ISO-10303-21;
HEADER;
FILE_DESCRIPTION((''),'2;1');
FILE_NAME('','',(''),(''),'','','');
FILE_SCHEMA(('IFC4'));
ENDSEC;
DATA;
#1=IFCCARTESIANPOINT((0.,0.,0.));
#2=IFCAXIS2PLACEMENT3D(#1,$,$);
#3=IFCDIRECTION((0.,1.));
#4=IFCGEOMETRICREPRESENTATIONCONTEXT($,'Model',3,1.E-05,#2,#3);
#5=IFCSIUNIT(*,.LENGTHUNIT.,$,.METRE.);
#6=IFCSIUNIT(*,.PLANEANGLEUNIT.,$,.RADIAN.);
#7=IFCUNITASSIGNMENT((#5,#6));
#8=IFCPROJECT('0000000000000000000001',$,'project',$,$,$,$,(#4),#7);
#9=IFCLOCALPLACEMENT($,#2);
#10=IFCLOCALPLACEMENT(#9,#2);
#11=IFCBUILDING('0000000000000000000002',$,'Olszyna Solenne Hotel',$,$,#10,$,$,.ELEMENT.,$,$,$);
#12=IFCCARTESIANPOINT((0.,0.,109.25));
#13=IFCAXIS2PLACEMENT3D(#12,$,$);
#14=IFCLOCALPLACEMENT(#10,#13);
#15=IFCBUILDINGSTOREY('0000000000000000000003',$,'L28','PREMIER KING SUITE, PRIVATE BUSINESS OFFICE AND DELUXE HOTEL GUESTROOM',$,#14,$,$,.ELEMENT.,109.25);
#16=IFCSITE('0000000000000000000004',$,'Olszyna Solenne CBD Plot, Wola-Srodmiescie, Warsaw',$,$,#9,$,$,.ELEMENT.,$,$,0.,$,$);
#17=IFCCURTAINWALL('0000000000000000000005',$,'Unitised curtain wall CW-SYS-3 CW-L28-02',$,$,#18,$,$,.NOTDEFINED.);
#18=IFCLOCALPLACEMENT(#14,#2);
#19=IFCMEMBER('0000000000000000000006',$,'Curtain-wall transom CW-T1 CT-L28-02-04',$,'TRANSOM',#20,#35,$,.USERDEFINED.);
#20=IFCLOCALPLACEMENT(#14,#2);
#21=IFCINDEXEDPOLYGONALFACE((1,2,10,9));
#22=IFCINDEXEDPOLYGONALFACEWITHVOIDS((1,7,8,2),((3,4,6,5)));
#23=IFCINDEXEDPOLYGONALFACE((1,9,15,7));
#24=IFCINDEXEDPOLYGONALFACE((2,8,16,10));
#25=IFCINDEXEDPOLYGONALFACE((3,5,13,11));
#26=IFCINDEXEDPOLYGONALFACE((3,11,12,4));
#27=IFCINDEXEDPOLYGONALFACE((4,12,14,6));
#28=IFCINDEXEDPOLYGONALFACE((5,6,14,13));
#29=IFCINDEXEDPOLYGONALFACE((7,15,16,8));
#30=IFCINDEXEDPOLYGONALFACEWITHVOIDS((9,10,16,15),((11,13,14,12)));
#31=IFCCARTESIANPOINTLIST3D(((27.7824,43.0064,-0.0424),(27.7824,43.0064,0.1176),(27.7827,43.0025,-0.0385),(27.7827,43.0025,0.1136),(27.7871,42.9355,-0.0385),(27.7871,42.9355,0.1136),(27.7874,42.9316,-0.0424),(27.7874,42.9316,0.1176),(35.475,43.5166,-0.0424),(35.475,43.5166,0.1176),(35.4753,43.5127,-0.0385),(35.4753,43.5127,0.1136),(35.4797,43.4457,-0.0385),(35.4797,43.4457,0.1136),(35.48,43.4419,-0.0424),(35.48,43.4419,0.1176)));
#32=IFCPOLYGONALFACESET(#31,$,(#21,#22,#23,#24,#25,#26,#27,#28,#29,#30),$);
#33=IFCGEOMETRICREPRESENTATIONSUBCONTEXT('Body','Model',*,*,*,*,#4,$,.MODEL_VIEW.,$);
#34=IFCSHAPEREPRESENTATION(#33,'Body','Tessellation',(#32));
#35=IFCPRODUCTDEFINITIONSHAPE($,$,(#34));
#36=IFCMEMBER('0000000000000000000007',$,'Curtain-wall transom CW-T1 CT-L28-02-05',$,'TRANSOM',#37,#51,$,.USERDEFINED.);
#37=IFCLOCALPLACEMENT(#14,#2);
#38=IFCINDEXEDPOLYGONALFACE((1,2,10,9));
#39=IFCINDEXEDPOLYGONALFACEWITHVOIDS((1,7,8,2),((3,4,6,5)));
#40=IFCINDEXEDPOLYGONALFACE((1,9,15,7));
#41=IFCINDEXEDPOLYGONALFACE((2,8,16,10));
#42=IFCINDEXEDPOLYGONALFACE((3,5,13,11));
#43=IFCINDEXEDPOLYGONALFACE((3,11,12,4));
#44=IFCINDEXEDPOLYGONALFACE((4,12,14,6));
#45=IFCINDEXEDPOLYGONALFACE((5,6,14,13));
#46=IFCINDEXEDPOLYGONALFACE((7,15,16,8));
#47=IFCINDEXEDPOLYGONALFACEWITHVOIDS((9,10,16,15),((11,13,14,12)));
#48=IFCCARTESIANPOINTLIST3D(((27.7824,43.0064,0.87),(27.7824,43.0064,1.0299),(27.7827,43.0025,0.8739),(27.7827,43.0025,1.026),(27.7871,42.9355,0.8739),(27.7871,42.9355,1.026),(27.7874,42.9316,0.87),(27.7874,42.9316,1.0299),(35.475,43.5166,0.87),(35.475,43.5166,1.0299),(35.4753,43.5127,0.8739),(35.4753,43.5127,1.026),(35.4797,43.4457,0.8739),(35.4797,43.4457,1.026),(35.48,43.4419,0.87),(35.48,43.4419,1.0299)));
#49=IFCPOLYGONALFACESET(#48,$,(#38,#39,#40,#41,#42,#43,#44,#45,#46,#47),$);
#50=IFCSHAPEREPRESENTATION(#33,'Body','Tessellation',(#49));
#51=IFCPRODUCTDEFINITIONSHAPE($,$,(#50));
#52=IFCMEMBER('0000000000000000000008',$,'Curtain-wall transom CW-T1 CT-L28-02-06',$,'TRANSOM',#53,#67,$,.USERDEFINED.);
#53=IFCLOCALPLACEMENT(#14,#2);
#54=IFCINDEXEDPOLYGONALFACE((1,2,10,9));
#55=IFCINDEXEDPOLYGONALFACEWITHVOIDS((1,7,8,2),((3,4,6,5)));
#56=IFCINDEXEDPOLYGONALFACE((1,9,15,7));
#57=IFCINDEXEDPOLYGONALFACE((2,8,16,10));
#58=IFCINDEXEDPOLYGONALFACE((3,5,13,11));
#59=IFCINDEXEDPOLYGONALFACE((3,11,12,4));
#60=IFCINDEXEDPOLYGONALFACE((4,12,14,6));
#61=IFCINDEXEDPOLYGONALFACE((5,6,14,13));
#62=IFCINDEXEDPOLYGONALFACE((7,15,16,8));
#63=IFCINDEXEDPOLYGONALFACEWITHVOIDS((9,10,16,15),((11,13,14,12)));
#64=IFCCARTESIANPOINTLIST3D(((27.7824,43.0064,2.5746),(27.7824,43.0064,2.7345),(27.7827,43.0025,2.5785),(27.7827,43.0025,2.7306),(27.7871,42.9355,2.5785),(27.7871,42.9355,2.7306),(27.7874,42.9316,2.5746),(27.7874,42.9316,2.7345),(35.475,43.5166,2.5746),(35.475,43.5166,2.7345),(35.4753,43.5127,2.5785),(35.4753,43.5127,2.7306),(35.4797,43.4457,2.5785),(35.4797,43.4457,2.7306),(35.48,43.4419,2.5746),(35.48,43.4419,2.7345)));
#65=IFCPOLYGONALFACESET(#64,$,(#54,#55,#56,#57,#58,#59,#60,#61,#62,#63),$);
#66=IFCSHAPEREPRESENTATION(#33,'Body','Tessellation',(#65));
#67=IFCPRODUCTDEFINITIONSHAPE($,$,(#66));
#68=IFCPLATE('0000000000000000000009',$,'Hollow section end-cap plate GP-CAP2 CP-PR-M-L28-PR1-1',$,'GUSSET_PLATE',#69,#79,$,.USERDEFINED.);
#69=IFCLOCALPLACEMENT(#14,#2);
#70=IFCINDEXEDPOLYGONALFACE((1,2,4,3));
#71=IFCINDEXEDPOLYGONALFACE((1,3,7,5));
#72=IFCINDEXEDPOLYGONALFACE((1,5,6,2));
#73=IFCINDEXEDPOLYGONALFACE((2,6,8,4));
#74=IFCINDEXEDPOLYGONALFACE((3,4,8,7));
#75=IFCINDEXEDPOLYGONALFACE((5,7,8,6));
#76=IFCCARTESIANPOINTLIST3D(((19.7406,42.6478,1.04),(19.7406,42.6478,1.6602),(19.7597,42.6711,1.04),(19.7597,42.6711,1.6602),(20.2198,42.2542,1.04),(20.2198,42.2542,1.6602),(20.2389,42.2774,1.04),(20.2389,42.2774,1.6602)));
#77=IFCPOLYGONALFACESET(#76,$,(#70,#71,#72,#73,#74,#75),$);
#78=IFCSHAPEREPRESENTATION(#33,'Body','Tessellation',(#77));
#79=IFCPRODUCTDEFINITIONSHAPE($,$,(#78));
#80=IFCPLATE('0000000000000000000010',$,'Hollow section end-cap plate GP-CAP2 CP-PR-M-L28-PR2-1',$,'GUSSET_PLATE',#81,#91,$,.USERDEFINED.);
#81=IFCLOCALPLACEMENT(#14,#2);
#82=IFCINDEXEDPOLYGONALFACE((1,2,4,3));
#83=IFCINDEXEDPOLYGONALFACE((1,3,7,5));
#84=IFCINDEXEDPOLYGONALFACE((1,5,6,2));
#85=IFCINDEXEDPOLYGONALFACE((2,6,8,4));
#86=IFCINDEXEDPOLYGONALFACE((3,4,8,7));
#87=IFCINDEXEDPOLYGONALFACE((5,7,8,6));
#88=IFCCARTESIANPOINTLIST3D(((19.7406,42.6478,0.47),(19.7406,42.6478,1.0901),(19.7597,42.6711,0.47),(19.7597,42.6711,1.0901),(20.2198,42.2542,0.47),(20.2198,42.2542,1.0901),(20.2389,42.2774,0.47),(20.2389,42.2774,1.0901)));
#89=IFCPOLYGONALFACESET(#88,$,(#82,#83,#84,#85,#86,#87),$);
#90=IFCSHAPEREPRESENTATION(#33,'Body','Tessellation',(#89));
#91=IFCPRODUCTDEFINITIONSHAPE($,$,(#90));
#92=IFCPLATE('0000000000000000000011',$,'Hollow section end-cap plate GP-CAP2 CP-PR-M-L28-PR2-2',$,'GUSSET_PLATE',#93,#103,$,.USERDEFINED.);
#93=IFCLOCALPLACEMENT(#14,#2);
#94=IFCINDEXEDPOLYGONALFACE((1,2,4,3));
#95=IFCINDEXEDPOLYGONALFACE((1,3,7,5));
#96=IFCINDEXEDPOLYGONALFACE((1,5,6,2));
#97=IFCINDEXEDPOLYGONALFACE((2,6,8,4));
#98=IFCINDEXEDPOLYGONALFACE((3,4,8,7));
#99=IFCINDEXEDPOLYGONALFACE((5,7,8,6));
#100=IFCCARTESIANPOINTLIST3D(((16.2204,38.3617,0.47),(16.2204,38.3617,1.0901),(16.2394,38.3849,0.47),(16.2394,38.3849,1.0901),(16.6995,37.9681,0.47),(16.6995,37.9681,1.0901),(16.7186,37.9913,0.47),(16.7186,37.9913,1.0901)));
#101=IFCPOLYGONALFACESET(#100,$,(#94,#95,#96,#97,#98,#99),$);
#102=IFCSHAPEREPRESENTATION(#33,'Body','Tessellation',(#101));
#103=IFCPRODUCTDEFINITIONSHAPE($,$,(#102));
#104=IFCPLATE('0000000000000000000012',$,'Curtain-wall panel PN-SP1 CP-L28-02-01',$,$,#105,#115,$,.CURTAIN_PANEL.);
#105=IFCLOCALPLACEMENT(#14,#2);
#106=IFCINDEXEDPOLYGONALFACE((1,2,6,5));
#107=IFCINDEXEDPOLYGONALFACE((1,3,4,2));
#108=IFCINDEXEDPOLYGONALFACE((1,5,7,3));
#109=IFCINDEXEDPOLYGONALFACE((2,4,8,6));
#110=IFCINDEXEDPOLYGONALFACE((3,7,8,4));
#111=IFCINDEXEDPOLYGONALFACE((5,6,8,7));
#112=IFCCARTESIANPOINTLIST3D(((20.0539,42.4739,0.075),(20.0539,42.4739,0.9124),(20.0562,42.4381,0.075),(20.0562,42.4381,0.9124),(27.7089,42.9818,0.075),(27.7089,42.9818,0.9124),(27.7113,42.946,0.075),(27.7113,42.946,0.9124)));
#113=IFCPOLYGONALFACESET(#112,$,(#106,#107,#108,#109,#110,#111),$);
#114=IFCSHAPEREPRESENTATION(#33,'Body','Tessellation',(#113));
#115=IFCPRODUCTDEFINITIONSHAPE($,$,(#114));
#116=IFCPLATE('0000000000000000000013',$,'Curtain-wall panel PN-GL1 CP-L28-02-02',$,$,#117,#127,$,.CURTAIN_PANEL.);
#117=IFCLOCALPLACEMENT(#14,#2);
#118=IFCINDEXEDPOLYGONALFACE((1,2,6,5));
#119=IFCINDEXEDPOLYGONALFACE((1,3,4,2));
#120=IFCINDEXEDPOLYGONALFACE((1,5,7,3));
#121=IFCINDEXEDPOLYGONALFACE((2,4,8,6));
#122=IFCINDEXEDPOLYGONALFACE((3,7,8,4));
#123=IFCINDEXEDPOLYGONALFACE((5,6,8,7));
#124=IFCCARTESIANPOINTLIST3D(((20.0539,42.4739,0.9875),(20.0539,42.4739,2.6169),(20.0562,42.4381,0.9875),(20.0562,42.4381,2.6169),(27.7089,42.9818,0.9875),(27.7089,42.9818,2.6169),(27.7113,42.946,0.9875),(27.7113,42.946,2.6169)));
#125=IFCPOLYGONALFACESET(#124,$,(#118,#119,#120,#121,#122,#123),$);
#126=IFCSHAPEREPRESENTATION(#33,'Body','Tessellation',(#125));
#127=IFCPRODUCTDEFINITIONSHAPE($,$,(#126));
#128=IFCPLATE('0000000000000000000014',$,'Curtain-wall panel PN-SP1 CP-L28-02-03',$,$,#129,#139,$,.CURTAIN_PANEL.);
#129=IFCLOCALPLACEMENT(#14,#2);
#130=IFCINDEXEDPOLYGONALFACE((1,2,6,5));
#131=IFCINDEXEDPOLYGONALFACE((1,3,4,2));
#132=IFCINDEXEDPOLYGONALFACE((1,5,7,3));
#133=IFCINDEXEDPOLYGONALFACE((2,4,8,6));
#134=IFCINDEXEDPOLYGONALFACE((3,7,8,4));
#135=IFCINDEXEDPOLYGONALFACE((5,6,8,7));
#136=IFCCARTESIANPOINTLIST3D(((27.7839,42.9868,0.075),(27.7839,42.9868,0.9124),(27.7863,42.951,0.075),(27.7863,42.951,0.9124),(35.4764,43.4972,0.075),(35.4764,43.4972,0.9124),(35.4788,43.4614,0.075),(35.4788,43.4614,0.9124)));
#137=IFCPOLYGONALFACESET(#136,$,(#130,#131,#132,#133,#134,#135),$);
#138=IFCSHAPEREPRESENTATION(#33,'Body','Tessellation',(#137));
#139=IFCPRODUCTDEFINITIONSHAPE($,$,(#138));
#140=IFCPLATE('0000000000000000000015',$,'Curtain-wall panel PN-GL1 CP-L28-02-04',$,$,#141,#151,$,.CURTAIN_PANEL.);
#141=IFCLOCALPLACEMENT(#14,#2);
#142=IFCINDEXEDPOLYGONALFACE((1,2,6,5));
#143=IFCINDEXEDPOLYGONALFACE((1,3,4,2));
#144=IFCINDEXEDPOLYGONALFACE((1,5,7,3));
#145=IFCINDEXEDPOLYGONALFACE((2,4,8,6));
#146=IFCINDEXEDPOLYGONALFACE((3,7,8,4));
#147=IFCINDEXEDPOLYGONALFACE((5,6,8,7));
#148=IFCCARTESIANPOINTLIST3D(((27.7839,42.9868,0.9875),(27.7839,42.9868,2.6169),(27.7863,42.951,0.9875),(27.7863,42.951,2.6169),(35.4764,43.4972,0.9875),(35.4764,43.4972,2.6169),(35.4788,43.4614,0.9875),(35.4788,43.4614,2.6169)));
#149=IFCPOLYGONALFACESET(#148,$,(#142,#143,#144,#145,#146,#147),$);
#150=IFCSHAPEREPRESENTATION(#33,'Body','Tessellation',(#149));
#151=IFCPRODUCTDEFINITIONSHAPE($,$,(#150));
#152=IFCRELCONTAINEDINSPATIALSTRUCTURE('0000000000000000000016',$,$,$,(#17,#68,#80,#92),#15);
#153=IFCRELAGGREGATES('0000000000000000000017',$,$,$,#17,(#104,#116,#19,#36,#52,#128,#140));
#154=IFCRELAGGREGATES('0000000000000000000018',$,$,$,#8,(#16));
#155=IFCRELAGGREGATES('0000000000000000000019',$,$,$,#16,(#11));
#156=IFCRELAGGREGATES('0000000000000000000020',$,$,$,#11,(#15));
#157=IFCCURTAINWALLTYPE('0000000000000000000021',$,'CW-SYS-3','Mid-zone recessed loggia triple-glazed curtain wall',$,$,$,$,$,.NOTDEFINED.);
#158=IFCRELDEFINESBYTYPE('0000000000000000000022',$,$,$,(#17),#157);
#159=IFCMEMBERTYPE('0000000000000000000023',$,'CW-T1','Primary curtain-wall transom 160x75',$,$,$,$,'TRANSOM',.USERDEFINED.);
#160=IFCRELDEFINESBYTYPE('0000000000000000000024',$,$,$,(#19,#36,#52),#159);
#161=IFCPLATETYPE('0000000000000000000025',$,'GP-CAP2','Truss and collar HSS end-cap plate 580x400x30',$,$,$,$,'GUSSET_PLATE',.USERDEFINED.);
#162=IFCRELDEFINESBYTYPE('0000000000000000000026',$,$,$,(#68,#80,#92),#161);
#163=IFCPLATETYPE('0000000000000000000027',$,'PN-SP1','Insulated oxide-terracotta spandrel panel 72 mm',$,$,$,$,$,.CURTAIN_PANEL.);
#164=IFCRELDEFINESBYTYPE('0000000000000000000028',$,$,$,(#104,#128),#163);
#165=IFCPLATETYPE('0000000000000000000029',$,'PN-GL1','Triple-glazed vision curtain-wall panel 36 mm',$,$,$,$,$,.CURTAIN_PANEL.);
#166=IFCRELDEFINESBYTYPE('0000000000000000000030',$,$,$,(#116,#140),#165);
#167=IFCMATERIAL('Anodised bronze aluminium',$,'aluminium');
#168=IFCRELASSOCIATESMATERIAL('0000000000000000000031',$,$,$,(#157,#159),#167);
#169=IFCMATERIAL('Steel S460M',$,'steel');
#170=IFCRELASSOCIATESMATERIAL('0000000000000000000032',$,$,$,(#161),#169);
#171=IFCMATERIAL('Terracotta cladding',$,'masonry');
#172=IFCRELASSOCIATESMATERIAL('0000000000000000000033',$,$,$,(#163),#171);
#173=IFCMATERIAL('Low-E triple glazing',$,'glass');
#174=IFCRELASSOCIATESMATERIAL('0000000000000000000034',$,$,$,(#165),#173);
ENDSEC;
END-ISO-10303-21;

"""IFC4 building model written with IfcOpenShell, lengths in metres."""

from ifc_helpers import new_model, si_unit, direction, frame, origin, origin_2d, place, context, subcontext, project, spatial, rectangle, hollow_rectangle, extrude, source, transform, mapped, material, material_profile, profile_set, type_object, element, aggregate, save


model = new_model("IFC4")

# Units and contexts
model_context = context("Model", 3, precision=1e-05, world=origin(), true_north=direction((0.0, 1.0)))
body_context = subcontext(model_context, "Body", "Model", "MODEL_VIEW")
ifc_project = project(units=[si_unit("LENGTHUNIT", "METRE"), si_unit("PLANEANGLEUNIT", "RADIAN")], contexts=[model_context])

# Site, building, storey
site_placement = place(None, origin())
site = spatial("IfcSite", under=ifc_project, at=site_placement, Name="Olszyna Solenne CBD Plot, Wola-Srodmiescie, Warsaw", CompositionType="ELEMENT", RefElevation=0.0)
building_placement = place(site_placement, origin())
building = spatial("IfcBuilding", under=site, at=building_placement, Name="Olszyna Solenne Hotel", CompositionType="ELEMENT")
storey_placement = place(building_placement, frame((0.0, 0.0, 109.25)))
storey = spatial("IfcBuildingStorey", under=building, at=storey_placement, Name="L28", Description="PREMIER KING SUITE, PRIVATE BUSINESS OFFICE AND DELUXE HOTEL GUESTROOM", CompositionType="ELEMENT", Elevation=109.25)

# Shared definitions
ifc_material_1 = material(Name="Steel S460M", Category="steel")

# Curtain wall, members
ifc_material_2 = material(Name="Anodised bronze aluminium", Category="aluminium")
curtain_wall_type = type_object("IfcCurtainWallType", Name="CW-SYS-3", Description="Mid-zone recessed loggia triple-glazed curtain wall", PredefinedType="NOTDEFINED", material=ifc_material_2)
curtain_wall_placement = place(storey_placement, origin())
curtain_wall = element("IfcCurtainWall", 1, at=curtain_wall_placement, inside=storey, type_object=curtain_wall_type, Name="Unitised curtain wall CW-SYS-3 CW-L28-02", PredefinedType="NOTDEFINED")
ifc_material_profile_1 = material_profile(ifc_material_2, hollow_rectangle(XDim=0.075, YDim=0.1599, WallThickness=0.0039, at=origin_2d()), Name="TRAN 160x75x4", Category="load-bearing")
ifc_profile_set_1 = profile_set([ifc_material_profile_1], Name="Anodised bronze aluminium")
member_type_1 = type_object("IfcMemberType", Name="CW-T1", Description="Primary curtain-wall transom 160x75", ElementType="TRANSOM", PredefinedType="USERDEFINED", material=ifc_profile_set_1)
shared_shape_1 = source(origin(), body_context, "Body", "SweptSolid", [
    extrude(hollow_rectangle(XDim=0.075, YDim=0.1599, WallThickness=0.0039, at=origin_2d()), origin(), (0.0, 0.0, 1.0), 7.7095),
])
member_1_placement = place(storey_placement, frame((27.7849, 42.969, 0.0376), z_axis=(0.997807, 0.066185, 0.0), x_axis=(-0.066185, 0.997807, 0.0)))
member_1 = element("IfcMember", 2, at=member_1_placement, type_object=member_type_1, Name="Curtain-wall transom CW-T1 CT-L28-02-04", ObjectType="TRANSOM", PredefinedType="USERDEFINED", context=body_context, shape_type="MappedRepresentation", body=[
    mapped(shared_shape_1, transform((0.0, 0.0, 0.0), x_axis=(1.0, 0.0, 0.0), y_axis=(0.0, 1.0, 0.0), z_axis=(0.0, 0.0, 1.0), scale=1.0)),
])
member_2_placement = place(storey_placement, frame((27.7849, 42.969, 0.95), z_axis=(0.997807, 0.066185, 0.0), x_axis=(-0.066185, 0.997807, 0.0)))
member_2 = element("IfcMember", 3, at=member_2_placement, type_object=member_type_1, Name="Curtain-wall transom CW-T1 CT-L28-02-05", ObjectType="TRANSOM", PredefinedType="USERDEFINED", context=body_context, shape_type="MappedRepresentation", body=[
    mapped(shared_shape_1, transform((0.0, 0.0, 0.0), x_axis=(1.0, 0.0, 0.0), y_axis=(0.0, 1.0, 0.0), z_axis=(0.0, 0.0, 1.0), scale=1.0)),
])
member_3_placement = place(storey_placement, frame((27.7849, 42.969, 2.6545), z_axis=(0.997807, 0.066185, 0.0), x_axis=(-0.066185, 0.997807, 0.0)))
member_3 = element("IfcMember", 4, at=member_3_placement, type_object=member_type_1, Name="Curtain-wall transom CW-T1 CT-L28-02-06", ObjectType="TRANSOM", PredefinedType="USERDEFINED", context=body_context, shape_type="MappedRepresentation", body=[
    mapped(shared_shape_1, transform((0.0, 0.0, 0.0), x_axis=(1.0, 0.0, 0.0), y_axis=(0.0, 1.0, 0.0), z_axis=(0.0, 0.0, 1.0), scale=1.0)),
])

# Plates
plate_type_1 = type_object("IfcPlateType", Name="GP-CAP2", Description="Truss and collar HSS end-cap plate 580x400x30", ElementType="GUSSET_PLATE", PredefinedType="USERDEFINED", material=ifc_material_1)
shared_shape_2 = source(origin(), body_context, "Body", "SweptSolid", [
    extrude(rectangle(XDim=0.03, YDim=0.6201, at=origin_2d()), origin(), (0.0, 0.0, 1.0), 0.6201),
])
for number, where, z_axis, x_axis, name in (
    (5, (19.9897, 42.4626, 1.04), (0.0, 0.0, 1.0), (-0.634731, -0.772734, 0.0), "Hollow section end-cap plate GP-CAP2 CP-PR-M-L28-PR1-1"),
    (6, (19.9897, 42.4626, 0.47), (0.0, 0.0, 1.0), (-0.634731, -0.772734, 0.0), "Hollow section end-cap plate GP-CAP2 CP-PR-M-L28-PR2-1"),
    (7, (16.4695, 38.1765, 0.47), (0.0, 0.0, 1.0), (-0.634731, -0.772734, 0.0), "Hollow section end-cap plate GP-CAP2 CP-PR-M-L28-PR2-2"),
):
    element("IfcPlate", number, at=place(storey_placement, frame(where, z_axis=z_axis, x_axis=x_axis)), inside=storey, type_object=plate_type_1, Name=name, ObjectType="GUSSET_PLATE", PredefinedType="USERDEFINED", context=body_context, shape_type="MappedRepresentation", body=[
        mapped(shared_shape_2, transform((0.0, 0.0, 0.0), x_axis=(1.0, 0.0, 0.0), y_axis=(0.0, 1.0, 0.0), z_axis=(0.0, 0.0, 1.0), scale=1.0)),
    ])

# Plates
ifc_material_3 = material(Name="Terracotta cladding", Category="masonry")
plate_type_2 = type_object("IfcPlateType", Name="PN-SP1", Description="Insulated oxide-terracotta spandrel panel 72 mm", PredefinedType="CURTAIN_PANEL", material=ifc_material_3)
shared_shape_3 = source(origin(), body_context, "Body", "SweptSolid", [
    extrude(rectangle(XDim=7.6719, YDim=0.0359, at=origin_2d()), origin(), (0.0, 0.0, 1.0), 0.8374),
])
plate_1_placement = place(storey_placement, frame((23.8826, 42.71, 0.075), z_axis=(0.0, 0.0, 1.0), x_axis=(0.997806, 0.0662, 0.0)))
plate_1 = element("IfcPlate", 8, at=plate_1_placement, type_object=plate_type_2, Name="Curtain-wall panel PN-SP1 CP-L28-02-01", PredefinedType="CURTAIN_PANEL", context=body_context, shape_type="MappedRepresentation", body=[
    mapped(shared_shape_3, transform((0.0, 0.0, 0.0), x_axis=(1.0, 0.0, 0.0), y_axis=(0.0, 1.0, 0.0), z_axis=(0.0, 0.0, 1.0), scale=1.0)),
])
ifc_material_4 = material(Name="Low-E triple glazing", Category="glass")
plate_type_3 = type_object("IfcPlateType", Name="PN-GL1", Description="Triple-glazed vision curtain-wall panel 36 mm", PredefinedType="CURTAIN_PANEL", material=ifc_material_4)
shared_shape_4 = source(origin(), body_context, "Body", "SweptSolid", [
    extrude(rectangle(XDim=7.6719, YDim=0.0359, at=origin_2d()), origin(), (0.0, 0.0, 1.0), 1.6294),
])
plate_2_placement = place(storey_placement, frame((23.8826, 42.71, 0.9875), z_axis=(0.0, 0.0, 1.0), x_axis=(0.997806, 0.0662, 0.0)))
plate_2 = element("IfcPlate", 9, at=plate_2_placement, type_object=plate_type_3, Name="Curtain-wall panel PN-GL1 CP-L28-02-02", PredefinedType="CURTAIN_PANEL", context=body_context, shape_type="MappedRepresentation", body=[
    mapped(shared_shape_4, transform((0.0, 0.0, 0.0), x_axis=(1.0, 0.0, 0.0), y_axis=(0.0, 1.0, 0.0), z_axis=(0.0, 0.0, 1.0), scale=1.0)),
])
shared_shape_5 = source(origin(), body_context, "Body", "SweptSolid", [
    extrude(rectangle(XDim=7.7095, YDim=0.0359, at=origin_2d()), origin(), (0.0, 0.0, 1.0), 0.8374),
])
plate_3_placement = place(storey_placement, frame((31.6313, 43.2241, 0.075), z_axis=(0.0, 0.0, 1.0), x_axis=(0.997806, 0.0662, 0.0)))
plate_3 = element("IfcPlate", 10, at=plate_3_placement, type_object=plate_type_2, Name="Curtain-wall panel PN-SP1 CP-L28-02-03", PredefinedType="CURTAIN_PANEL", context=body_context, shape_type="MappedRepresentation", body=[
    mapped(shared_shape_5, transform((0.0, 0.0, 0.0), x_axis=(1.0, 0.0, 0.0), y_axis=(0.0, 1.0, 0.0), z_axis=(0.0, 0.0, 1.0), scale=1.0)),
])
shared_shape_6 = source(origin(), body_context, "Body", "SweptSolid", [
    extrude(rectangle(XDim=7.7095, YDim=0.0359, at=origin_2d()), origin(), (0.0, 0.0, 1.0), 1.6294),
])
plate_4_placement = place(storey_placement, frame((31.6313, 43.2241, 0.9875), z_axis=(0.0, 0.0, 1.0), x_axis=(0.997806, 0.0662, 0.0)))
plate_4 = element("IfcPlate", 11, at=plate_4_placement, type_object=plate_type_3, Name="Curtain-wall panel PN-GL1 CP-L28-02-04", PredefinedType="CURTAIN_PANEL", context=body_context, shape_type="MappedRepresentation", body=[
    mapped(shared_shape_6, transform((0.0, 0.0, 0.0), x_axis=(1.0, 0.0, 0.0), y_axis=(0.0, 1.0, 0.0), z_axis=(0.0, 0.0, 1.0), scale=1.0)),
])
aggregate(curtain_wall, [plate_1, plate_2, member_1, member_2, member_3, plate_3, plate_4])

save(model, "model.ifc")
